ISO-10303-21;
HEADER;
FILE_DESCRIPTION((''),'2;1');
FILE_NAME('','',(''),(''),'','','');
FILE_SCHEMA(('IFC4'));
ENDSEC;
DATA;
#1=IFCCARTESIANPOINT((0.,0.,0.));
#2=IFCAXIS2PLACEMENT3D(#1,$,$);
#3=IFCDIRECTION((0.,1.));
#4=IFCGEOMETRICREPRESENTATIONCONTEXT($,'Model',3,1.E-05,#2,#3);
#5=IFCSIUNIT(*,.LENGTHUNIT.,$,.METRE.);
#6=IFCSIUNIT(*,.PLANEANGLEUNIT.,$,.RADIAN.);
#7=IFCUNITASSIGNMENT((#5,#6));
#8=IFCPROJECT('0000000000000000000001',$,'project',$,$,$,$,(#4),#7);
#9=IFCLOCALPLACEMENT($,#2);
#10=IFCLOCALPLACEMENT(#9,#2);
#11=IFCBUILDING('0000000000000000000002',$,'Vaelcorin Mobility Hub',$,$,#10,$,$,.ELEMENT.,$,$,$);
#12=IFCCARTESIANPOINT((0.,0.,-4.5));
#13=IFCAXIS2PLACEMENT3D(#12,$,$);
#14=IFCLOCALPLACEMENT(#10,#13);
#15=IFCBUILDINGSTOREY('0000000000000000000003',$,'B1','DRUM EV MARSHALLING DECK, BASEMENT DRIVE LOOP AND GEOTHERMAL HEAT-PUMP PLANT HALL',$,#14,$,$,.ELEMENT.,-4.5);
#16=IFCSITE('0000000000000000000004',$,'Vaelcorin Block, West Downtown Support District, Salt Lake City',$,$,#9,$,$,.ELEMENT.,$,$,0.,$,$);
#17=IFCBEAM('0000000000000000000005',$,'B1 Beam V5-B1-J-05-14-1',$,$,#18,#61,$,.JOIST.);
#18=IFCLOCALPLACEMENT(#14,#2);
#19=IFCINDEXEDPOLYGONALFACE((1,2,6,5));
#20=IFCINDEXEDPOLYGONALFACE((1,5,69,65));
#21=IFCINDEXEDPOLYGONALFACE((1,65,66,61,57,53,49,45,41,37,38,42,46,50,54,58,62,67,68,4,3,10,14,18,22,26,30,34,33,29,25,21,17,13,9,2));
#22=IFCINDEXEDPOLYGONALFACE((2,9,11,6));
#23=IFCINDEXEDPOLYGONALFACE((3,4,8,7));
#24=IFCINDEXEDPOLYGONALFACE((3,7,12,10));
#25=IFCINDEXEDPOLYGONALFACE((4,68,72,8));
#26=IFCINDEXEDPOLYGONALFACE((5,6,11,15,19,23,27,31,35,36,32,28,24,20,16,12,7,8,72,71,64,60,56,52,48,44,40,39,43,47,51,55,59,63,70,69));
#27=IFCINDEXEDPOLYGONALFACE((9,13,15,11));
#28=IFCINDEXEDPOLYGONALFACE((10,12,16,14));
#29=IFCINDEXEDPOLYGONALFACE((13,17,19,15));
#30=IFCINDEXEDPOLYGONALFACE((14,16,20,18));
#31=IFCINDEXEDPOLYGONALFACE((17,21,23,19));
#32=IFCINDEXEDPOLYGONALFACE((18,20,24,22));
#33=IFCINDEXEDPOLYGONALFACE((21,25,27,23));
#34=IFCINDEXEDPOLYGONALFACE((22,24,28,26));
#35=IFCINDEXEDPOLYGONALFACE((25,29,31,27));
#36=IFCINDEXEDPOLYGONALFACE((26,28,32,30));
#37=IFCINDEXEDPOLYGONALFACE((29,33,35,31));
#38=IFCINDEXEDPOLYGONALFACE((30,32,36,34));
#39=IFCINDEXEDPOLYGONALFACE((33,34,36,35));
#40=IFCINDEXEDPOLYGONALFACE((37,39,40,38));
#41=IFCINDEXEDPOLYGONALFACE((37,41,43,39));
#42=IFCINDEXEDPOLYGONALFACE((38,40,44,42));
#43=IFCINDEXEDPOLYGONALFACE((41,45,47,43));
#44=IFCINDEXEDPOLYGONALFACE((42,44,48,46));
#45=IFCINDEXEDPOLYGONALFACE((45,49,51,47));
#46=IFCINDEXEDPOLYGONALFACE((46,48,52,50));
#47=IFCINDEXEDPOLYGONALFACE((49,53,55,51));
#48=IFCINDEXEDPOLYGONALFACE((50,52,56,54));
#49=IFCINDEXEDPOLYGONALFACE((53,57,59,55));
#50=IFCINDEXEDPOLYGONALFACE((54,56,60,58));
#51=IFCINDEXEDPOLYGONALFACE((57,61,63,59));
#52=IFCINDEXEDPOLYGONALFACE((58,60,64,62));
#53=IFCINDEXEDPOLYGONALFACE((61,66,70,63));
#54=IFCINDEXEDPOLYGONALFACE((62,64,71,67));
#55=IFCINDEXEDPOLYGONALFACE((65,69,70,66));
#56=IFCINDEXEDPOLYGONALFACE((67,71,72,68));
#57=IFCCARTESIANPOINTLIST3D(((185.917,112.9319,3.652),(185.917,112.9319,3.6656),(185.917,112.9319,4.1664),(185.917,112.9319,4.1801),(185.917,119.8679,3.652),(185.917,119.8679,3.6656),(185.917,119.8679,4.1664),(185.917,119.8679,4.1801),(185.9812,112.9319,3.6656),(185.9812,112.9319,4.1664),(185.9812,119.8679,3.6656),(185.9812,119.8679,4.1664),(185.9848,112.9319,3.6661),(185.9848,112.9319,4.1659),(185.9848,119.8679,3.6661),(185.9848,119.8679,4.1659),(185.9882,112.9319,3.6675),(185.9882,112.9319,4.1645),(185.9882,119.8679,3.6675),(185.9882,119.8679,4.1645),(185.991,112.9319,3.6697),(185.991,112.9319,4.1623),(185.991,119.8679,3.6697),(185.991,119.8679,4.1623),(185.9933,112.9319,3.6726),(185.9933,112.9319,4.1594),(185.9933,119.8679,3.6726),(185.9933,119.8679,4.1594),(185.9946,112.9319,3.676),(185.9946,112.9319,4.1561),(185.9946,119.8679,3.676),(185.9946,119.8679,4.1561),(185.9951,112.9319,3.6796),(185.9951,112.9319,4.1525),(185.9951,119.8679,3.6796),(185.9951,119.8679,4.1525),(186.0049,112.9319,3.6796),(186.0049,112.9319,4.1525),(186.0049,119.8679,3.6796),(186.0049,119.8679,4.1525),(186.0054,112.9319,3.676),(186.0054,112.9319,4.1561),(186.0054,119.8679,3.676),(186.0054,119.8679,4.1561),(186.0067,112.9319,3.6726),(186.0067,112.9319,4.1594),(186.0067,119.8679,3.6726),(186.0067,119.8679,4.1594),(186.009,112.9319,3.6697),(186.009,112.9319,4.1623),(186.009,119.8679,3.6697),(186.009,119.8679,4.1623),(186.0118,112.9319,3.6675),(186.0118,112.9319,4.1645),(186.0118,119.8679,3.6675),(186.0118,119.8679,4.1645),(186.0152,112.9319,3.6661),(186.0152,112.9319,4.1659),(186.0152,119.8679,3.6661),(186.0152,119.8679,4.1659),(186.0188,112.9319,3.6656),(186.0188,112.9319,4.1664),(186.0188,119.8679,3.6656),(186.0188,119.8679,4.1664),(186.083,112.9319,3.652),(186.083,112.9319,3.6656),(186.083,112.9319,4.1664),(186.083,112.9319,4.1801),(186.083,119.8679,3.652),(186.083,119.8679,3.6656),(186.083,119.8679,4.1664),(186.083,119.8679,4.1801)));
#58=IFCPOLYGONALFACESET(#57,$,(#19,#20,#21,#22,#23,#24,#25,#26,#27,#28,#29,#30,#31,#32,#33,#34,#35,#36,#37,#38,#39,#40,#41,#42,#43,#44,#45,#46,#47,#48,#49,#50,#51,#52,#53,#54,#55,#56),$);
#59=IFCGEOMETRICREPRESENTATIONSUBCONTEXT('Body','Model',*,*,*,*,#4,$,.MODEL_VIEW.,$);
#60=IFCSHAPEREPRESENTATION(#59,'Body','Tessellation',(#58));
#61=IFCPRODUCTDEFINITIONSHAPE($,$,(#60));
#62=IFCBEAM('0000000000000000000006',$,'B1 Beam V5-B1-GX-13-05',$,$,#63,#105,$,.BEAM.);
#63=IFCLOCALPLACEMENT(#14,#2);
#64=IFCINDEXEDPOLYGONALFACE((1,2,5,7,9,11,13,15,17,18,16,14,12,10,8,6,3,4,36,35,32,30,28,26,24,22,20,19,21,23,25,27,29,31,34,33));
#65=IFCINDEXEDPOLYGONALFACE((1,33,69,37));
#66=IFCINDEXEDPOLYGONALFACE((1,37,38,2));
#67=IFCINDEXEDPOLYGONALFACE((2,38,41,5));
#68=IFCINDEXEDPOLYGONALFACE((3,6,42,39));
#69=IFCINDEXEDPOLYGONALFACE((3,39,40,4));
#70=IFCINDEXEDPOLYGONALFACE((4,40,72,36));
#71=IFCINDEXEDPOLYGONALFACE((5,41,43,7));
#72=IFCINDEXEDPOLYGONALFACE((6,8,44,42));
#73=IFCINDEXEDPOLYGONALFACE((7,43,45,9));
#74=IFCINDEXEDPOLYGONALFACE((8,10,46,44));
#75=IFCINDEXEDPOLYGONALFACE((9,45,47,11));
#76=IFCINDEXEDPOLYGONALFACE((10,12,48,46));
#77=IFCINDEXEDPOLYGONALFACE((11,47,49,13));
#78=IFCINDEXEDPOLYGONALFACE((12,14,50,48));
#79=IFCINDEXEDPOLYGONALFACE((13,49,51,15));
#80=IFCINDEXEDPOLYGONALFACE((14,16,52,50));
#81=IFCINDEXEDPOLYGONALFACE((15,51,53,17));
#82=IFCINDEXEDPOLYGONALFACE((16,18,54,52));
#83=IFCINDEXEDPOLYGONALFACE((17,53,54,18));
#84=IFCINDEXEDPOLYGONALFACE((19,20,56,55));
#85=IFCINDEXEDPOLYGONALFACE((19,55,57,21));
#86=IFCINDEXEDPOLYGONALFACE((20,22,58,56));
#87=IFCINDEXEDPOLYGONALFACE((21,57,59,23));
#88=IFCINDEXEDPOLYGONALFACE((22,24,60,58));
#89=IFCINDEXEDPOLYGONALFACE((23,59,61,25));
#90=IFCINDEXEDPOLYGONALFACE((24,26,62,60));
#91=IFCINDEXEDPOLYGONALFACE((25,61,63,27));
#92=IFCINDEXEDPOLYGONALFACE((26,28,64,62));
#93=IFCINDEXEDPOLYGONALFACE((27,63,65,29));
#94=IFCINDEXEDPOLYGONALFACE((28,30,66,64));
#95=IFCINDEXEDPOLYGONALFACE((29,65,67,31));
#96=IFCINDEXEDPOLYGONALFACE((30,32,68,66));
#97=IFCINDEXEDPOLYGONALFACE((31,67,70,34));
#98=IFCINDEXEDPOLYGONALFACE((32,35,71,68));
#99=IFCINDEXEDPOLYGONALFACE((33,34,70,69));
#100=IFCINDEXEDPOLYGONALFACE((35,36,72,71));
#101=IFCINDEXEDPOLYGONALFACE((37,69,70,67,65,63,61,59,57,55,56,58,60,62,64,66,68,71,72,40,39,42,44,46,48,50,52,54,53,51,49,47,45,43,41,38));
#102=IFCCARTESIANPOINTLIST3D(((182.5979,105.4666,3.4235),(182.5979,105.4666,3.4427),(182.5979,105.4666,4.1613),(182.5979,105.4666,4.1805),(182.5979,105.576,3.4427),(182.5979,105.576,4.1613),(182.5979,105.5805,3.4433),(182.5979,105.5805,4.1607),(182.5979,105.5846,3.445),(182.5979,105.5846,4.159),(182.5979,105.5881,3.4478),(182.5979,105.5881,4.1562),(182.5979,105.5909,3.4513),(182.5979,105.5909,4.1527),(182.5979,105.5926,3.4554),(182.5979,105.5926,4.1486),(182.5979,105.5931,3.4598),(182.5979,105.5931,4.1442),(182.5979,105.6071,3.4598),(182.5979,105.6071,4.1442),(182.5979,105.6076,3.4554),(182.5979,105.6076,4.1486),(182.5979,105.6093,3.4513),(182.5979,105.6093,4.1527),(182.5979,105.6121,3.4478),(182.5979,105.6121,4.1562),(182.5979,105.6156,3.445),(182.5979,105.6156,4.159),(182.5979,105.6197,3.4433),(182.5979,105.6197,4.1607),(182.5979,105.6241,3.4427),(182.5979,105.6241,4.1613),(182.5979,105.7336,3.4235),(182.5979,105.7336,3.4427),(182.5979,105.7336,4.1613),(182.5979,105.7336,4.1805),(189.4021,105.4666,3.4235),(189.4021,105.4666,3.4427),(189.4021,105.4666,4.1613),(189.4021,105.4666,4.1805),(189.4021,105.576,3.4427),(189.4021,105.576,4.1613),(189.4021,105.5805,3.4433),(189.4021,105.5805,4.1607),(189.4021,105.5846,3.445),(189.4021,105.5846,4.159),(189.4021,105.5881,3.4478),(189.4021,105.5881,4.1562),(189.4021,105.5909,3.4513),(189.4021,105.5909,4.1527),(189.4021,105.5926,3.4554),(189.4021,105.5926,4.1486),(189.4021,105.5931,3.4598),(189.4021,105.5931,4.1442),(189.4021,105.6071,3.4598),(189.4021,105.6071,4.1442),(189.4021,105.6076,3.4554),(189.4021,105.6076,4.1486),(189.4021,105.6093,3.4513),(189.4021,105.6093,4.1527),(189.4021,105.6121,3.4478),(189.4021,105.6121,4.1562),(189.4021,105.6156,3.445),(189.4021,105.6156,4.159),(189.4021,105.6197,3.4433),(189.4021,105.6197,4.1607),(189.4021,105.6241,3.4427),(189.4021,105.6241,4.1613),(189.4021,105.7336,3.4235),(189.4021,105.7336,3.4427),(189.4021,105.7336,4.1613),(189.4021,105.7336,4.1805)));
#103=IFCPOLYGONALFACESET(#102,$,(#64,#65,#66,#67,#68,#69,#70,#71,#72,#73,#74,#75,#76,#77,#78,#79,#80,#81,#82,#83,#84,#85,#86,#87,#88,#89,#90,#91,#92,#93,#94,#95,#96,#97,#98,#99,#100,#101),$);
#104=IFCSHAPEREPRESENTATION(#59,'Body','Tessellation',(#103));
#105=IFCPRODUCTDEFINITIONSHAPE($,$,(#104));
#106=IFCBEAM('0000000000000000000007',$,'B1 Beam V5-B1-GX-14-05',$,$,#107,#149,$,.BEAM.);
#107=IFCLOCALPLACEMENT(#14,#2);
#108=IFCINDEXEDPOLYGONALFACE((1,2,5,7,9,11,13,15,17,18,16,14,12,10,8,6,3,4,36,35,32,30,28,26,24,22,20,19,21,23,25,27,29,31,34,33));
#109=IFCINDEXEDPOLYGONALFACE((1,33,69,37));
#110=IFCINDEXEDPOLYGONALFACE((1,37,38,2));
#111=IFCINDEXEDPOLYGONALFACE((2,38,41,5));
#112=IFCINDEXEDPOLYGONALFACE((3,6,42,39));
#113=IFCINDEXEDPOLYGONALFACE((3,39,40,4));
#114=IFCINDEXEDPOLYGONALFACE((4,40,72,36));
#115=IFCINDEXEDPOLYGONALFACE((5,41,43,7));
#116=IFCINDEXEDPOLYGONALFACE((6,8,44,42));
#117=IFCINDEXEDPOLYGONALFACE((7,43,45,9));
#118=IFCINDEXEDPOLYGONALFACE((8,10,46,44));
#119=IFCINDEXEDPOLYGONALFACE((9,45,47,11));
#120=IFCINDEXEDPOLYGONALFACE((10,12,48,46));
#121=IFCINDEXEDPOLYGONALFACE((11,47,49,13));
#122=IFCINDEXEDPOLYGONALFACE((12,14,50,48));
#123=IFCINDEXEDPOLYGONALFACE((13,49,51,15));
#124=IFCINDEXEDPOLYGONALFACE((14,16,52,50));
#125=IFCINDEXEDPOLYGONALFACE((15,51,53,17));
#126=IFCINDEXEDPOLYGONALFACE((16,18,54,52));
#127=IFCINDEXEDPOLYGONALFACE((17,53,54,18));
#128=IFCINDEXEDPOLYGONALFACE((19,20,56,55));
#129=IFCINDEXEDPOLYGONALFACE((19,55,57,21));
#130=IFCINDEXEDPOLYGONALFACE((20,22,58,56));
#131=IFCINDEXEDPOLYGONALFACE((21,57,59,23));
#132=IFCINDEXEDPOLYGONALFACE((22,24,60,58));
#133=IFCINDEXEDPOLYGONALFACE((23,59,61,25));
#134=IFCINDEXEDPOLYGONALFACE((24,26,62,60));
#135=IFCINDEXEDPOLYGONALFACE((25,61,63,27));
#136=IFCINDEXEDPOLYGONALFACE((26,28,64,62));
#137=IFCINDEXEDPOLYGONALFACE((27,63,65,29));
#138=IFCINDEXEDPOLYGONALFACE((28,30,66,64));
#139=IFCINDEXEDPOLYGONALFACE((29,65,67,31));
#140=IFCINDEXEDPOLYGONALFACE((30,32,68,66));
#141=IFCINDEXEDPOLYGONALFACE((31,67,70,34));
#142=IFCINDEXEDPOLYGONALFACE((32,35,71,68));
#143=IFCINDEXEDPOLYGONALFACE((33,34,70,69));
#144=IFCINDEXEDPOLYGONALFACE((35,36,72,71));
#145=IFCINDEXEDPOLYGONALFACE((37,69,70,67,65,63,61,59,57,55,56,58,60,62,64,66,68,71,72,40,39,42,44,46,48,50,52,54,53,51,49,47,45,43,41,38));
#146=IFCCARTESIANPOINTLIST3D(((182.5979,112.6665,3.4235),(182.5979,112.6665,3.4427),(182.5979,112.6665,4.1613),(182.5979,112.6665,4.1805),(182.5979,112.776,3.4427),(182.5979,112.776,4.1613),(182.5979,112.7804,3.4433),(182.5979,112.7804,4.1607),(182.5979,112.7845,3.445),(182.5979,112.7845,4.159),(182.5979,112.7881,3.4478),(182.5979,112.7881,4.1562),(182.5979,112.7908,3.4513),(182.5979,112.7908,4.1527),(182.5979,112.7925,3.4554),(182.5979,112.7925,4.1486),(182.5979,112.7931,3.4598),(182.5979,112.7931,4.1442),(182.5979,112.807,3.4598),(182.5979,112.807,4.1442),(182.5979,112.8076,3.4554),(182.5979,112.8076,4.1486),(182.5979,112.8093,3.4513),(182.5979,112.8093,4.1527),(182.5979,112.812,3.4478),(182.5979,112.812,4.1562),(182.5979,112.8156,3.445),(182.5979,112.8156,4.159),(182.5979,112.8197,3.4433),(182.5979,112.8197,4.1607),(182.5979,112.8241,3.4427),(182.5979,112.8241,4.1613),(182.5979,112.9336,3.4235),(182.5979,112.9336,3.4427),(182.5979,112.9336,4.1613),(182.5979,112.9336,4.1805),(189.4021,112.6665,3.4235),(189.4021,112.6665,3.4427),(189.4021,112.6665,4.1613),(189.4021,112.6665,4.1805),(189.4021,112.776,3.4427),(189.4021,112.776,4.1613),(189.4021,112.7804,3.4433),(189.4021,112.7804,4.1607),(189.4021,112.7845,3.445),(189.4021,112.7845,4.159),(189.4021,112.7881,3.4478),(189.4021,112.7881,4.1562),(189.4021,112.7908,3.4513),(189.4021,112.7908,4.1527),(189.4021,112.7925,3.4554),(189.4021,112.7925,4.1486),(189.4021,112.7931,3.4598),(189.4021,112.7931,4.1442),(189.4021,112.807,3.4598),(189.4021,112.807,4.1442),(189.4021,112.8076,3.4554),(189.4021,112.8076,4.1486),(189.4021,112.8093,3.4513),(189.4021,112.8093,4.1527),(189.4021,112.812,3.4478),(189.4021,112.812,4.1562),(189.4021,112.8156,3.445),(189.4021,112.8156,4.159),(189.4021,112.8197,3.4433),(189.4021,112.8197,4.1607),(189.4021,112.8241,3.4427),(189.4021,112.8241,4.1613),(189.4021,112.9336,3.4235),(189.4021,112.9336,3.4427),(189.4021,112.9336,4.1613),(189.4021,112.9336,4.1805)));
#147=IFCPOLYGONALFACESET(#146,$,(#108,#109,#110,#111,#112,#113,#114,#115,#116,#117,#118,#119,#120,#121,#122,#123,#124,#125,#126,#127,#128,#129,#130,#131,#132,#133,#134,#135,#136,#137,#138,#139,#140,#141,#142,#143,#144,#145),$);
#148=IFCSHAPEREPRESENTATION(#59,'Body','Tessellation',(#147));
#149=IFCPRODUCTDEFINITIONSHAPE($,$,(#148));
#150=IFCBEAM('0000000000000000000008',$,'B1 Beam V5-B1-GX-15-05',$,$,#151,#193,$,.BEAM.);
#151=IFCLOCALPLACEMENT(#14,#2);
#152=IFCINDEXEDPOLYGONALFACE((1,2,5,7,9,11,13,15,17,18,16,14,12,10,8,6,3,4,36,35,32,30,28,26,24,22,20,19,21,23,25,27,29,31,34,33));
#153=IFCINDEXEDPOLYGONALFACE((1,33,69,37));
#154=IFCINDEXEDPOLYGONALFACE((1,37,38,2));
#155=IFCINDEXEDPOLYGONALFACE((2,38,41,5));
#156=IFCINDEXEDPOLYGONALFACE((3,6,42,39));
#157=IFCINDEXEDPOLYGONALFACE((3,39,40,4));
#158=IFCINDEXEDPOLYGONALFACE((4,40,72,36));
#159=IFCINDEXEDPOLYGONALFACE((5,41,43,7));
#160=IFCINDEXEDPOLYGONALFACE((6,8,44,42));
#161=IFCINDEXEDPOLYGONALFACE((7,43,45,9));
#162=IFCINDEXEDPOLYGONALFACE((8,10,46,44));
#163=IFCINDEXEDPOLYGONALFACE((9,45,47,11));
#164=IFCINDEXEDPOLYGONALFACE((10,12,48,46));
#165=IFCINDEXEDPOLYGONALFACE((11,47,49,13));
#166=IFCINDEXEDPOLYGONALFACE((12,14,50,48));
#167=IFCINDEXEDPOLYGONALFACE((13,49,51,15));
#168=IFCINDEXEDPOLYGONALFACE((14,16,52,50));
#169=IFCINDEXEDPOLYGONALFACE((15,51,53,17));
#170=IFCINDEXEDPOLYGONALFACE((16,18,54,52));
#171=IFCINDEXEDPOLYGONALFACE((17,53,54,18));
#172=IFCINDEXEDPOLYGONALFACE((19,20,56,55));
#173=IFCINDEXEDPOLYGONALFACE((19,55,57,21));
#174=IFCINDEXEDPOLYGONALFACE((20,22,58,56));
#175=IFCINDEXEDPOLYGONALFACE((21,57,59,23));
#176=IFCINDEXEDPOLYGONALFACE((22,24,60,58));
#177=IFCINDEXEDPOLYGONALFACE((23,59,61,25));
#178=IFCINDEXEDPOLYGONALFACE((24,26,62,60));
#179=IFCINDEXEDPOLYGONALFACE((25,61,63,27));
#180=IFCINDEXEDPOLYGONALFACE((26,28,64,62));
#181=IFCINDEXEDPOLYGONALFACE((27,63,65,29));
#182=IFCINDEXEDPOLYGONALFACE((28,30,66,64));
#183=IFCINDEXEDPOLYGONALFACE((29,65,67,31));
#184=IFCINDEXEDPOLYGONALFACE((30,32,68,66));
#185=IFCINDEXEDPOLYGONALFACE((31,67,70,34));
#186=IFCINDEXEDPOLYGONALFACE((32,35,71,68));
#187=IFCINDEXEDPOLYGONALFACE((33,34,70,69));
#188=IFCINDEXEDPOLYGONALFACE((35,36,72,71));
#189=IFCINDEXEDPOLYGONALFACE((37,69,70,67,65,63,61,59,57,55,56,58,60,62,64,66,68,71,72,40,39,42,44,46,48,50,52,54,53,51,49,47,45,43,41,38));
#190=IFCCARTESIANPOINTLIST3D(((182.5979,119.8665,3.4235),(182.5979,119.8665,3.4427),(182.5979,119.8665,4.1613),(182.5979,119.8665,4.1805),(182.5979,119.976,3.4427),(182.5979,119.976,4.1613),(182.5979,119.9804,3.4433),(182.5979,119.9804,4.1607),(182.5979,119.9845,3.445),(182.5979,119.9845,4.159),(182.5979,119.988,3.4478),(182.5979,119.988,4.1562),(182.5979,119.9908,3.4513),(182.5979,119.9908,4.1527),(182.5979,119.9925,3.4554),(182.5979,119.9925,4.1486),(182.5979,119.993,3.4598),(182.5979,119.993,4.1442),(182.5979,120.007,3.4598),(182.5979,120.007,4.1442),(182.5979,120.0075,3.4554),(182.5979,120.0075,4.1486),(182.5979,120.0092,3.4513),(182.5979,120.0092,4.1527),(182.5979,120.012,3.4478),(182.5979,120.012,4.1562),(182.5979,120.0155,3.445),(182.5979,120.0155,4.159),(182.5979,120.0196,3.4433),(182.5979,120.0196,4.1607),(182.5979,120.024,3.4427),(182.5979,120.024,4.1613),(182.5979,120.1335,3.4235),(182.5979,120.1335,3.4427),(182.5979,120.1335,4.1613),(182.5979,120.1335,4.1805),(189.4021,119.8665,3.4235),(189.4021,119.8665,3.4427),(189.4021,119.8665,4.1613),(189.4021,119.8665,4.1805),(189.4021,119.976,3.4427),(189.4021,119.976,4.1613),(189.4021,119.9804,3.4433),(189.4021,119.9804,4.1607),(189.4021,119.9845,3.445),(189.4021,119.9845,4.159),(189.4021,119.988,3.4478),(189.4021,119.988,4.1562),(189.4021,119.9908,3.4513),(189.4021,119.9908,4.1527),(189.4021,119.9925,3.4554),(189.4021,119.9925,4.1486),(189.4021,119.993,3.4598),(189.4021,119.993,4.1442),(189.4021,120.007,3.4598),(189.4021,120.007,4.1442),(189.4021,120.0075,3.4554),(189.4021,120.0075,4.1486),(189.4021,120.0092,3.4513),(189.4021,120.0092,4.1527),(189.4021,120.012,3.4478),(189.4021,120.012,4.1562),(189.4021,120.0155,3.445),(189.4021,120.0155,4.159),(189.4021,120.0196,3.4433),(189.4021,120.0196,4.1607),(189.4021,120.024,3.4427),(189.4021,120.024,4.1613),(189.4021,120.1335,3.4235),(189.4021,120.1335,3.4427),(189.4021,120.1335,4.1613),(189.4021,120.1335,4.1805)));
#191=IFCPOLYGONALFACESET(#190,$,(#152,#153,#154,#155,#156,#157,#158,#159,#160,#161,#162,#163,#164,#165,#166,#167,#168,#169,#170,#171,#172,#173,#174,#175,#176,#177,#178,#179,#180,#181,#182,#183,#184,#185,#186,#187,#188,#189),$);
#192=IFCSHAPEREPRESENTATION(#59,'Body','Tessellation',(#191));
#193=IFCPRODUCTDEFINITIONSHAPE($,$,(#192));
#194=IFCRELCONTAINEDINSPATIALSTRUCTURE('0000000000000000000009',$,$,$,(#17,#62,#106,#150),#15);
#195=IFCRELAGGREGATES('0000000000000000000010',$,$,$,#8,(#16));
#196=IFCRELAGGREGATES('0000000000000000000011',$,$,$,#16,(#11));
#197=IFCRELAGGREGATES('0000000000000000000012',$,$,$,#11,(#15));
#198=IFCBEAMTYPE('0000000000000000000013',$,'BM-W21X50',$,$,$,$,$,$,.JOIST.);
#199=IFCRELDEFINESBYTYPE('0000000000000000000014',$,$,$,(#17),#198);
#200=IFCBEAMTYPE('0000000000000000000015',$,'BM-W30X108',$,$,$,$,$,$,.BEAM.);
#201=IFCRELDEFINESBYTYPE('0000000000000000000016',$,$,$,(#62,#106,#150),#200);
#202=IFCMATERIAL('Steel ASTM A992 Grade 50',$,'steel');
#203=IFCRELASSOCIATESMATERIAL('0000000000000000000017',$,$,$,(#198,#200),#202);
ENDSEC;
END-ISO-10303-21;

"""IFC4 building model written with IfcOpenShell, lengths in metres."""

from ifc_helpers import new_model, si_unit, direction, frame, origin, origin_2d, place, context, subcontext, project, spatial, i_section, extrude, material, material_profile, profile_set, type_object, element, save


model = new_model("IFC4")

# Units and contexts
model_context = context("Model", 3, precision=1e-05, world=origin(), true_north=direction((0.0, 1.0)))
body_context = subcontext(model_context, "Body", "Model", "MODEL_VIEW")
ifc_project = project(units=[si_unit("LENGTHUNIT", "METRE"), si_unit("PLANEANGLEUNIT", "RADIAN")], contexts=[model_context])

# Site, building, storey
site_placement = place(None, origin())
site = spatial("IfcSite", under=ifc_project, at=site_placement, Name="Vaelcorin Block, West Downtown Support District, Salt Lake City", CompositionType="ELEMENT", RefElevation=0.0)
building_placement = place(site_placement, origin())
building = spatial("IfcBuilding", under=site, at=building_placement, Name="Vaelcorin Mobility Hub", CompositionType="ELEMENT")
storey_placement = place(building_placement, frame((0.0, 0.0, -4.5)))
storey = spatial("IfcBuildingStorey", under=building, at=storey_placement, Name="B1", Description="DRUM EV MARSHALLING DECK, BASEMENT DRIVE LOOP AND GEOTHERMAL HEAT-PUMP PLANT HALL", CompositionType="ELEMENT", Elevation=-4.5)

# Shared definitions
ifc_material_1 = material(Name="Steel ASTM A992 Grade 50", Category="steel")

# Beams
ifc_material_profile_1 = material_profile(ifc_material_1, i_section(OverallWidth=0.166, OverallDepth=0.5281, WebThickness=0.0098, FlangeThickness=0.0137, FilletRadius=0.0139, at=origin_2d()), Name="W21X50")
ifc_profile_set_1 = profile_set([ifc_material_profile_1], Name="Steel ASTM A992 Grade 50")
beam_type_1 = type_object("IfcBeamType", Name="BM-W21X50", PredefinedType="JOIST", material=ifc_profile_set_1)
for number, where, z_axis, x_axis, name in (
    (1, (186.0, 112.9319, 3.916), (0.0, 1.0, 0.0), (-1.0, 0.0, 0.0), "B1 Beam V5-B1-J-05-14-1"),
):
    element("IfcBeam", number, at=place(storey_placement, frame(where, z_axis=z_axis, x_axis=x_axis)), inside=storey, type_object=beam_type_1, Name=name, PredefinedType="JOIST", context=body_context, shape_type="SweptSolid", body=[
        extrude(i_section(OverallWidth=0.166, OverallDepth=0.5281, WebThickness=0.0098, FlangeThickness=0.0137, FilletRadius=0.0139, at=origin_2d()), origin(), (0.0, 0.0, 1.0), 6.936),
    ])
ifc_material_profile_2 = material_profile(ifc_material_1, i_section(OverallWidth=0.2671, OverallDepth=0.7571, WebThickness=0.0139, FlangeThickness=0.0193, FilletRadius=0.0171, at=origin_2d()), Name="W30X108")
ifc_profile_set_2 = profile_set([ifc_material_profile_2], Name="Steel ASTM A992 Grade 50")
beam_type_2 = type_object("IfcBeamType", Name="BM-W30X108", PredefinedType="BEAM", material=ifc_profile_set_2)
for number, where, z_axis, x_axis, name in (
    (2, (182.5979, 105.6001, 3.802), (1.0, 0.0, 0.0), (0.0, 1.0, 0.0), "B1 Beam V5-B1-GX-13-05"),
    (3, (182.5979, 112.8, 3.802), (1.0, 0.0, 0.0), (0.0, 1.0, 0.0), "B1 Beam V5-B1-GX-14-05"),
    (4, (182.5979, 120.0, 3.802), (1.0, 0.0, 0.0), (0.0, 1.0, 0.0), "B1 Beam V5-B1-GX-15-05"),
):
    element("IfcBeam", number, at=place(storey_placement, frame(where, z_axis=z_axis, x_axis=x_axis)), inside=storey, type_object=beam_type_2, Name=name, PredefinedType="BEAM", context=body_context, shape_type="SweptSolid", body=[
        extrude(i_section(OverallWidth=0.2671, OverallDepth=0.7571, WebThickness=0.0139, FlangeThickness=0.0193, FilletRadius=0.0171, at=origin_2d()), origin(), (0.0, 0.0, 1.0), 6.8042),
    ])

save(model, "model.ifc")
